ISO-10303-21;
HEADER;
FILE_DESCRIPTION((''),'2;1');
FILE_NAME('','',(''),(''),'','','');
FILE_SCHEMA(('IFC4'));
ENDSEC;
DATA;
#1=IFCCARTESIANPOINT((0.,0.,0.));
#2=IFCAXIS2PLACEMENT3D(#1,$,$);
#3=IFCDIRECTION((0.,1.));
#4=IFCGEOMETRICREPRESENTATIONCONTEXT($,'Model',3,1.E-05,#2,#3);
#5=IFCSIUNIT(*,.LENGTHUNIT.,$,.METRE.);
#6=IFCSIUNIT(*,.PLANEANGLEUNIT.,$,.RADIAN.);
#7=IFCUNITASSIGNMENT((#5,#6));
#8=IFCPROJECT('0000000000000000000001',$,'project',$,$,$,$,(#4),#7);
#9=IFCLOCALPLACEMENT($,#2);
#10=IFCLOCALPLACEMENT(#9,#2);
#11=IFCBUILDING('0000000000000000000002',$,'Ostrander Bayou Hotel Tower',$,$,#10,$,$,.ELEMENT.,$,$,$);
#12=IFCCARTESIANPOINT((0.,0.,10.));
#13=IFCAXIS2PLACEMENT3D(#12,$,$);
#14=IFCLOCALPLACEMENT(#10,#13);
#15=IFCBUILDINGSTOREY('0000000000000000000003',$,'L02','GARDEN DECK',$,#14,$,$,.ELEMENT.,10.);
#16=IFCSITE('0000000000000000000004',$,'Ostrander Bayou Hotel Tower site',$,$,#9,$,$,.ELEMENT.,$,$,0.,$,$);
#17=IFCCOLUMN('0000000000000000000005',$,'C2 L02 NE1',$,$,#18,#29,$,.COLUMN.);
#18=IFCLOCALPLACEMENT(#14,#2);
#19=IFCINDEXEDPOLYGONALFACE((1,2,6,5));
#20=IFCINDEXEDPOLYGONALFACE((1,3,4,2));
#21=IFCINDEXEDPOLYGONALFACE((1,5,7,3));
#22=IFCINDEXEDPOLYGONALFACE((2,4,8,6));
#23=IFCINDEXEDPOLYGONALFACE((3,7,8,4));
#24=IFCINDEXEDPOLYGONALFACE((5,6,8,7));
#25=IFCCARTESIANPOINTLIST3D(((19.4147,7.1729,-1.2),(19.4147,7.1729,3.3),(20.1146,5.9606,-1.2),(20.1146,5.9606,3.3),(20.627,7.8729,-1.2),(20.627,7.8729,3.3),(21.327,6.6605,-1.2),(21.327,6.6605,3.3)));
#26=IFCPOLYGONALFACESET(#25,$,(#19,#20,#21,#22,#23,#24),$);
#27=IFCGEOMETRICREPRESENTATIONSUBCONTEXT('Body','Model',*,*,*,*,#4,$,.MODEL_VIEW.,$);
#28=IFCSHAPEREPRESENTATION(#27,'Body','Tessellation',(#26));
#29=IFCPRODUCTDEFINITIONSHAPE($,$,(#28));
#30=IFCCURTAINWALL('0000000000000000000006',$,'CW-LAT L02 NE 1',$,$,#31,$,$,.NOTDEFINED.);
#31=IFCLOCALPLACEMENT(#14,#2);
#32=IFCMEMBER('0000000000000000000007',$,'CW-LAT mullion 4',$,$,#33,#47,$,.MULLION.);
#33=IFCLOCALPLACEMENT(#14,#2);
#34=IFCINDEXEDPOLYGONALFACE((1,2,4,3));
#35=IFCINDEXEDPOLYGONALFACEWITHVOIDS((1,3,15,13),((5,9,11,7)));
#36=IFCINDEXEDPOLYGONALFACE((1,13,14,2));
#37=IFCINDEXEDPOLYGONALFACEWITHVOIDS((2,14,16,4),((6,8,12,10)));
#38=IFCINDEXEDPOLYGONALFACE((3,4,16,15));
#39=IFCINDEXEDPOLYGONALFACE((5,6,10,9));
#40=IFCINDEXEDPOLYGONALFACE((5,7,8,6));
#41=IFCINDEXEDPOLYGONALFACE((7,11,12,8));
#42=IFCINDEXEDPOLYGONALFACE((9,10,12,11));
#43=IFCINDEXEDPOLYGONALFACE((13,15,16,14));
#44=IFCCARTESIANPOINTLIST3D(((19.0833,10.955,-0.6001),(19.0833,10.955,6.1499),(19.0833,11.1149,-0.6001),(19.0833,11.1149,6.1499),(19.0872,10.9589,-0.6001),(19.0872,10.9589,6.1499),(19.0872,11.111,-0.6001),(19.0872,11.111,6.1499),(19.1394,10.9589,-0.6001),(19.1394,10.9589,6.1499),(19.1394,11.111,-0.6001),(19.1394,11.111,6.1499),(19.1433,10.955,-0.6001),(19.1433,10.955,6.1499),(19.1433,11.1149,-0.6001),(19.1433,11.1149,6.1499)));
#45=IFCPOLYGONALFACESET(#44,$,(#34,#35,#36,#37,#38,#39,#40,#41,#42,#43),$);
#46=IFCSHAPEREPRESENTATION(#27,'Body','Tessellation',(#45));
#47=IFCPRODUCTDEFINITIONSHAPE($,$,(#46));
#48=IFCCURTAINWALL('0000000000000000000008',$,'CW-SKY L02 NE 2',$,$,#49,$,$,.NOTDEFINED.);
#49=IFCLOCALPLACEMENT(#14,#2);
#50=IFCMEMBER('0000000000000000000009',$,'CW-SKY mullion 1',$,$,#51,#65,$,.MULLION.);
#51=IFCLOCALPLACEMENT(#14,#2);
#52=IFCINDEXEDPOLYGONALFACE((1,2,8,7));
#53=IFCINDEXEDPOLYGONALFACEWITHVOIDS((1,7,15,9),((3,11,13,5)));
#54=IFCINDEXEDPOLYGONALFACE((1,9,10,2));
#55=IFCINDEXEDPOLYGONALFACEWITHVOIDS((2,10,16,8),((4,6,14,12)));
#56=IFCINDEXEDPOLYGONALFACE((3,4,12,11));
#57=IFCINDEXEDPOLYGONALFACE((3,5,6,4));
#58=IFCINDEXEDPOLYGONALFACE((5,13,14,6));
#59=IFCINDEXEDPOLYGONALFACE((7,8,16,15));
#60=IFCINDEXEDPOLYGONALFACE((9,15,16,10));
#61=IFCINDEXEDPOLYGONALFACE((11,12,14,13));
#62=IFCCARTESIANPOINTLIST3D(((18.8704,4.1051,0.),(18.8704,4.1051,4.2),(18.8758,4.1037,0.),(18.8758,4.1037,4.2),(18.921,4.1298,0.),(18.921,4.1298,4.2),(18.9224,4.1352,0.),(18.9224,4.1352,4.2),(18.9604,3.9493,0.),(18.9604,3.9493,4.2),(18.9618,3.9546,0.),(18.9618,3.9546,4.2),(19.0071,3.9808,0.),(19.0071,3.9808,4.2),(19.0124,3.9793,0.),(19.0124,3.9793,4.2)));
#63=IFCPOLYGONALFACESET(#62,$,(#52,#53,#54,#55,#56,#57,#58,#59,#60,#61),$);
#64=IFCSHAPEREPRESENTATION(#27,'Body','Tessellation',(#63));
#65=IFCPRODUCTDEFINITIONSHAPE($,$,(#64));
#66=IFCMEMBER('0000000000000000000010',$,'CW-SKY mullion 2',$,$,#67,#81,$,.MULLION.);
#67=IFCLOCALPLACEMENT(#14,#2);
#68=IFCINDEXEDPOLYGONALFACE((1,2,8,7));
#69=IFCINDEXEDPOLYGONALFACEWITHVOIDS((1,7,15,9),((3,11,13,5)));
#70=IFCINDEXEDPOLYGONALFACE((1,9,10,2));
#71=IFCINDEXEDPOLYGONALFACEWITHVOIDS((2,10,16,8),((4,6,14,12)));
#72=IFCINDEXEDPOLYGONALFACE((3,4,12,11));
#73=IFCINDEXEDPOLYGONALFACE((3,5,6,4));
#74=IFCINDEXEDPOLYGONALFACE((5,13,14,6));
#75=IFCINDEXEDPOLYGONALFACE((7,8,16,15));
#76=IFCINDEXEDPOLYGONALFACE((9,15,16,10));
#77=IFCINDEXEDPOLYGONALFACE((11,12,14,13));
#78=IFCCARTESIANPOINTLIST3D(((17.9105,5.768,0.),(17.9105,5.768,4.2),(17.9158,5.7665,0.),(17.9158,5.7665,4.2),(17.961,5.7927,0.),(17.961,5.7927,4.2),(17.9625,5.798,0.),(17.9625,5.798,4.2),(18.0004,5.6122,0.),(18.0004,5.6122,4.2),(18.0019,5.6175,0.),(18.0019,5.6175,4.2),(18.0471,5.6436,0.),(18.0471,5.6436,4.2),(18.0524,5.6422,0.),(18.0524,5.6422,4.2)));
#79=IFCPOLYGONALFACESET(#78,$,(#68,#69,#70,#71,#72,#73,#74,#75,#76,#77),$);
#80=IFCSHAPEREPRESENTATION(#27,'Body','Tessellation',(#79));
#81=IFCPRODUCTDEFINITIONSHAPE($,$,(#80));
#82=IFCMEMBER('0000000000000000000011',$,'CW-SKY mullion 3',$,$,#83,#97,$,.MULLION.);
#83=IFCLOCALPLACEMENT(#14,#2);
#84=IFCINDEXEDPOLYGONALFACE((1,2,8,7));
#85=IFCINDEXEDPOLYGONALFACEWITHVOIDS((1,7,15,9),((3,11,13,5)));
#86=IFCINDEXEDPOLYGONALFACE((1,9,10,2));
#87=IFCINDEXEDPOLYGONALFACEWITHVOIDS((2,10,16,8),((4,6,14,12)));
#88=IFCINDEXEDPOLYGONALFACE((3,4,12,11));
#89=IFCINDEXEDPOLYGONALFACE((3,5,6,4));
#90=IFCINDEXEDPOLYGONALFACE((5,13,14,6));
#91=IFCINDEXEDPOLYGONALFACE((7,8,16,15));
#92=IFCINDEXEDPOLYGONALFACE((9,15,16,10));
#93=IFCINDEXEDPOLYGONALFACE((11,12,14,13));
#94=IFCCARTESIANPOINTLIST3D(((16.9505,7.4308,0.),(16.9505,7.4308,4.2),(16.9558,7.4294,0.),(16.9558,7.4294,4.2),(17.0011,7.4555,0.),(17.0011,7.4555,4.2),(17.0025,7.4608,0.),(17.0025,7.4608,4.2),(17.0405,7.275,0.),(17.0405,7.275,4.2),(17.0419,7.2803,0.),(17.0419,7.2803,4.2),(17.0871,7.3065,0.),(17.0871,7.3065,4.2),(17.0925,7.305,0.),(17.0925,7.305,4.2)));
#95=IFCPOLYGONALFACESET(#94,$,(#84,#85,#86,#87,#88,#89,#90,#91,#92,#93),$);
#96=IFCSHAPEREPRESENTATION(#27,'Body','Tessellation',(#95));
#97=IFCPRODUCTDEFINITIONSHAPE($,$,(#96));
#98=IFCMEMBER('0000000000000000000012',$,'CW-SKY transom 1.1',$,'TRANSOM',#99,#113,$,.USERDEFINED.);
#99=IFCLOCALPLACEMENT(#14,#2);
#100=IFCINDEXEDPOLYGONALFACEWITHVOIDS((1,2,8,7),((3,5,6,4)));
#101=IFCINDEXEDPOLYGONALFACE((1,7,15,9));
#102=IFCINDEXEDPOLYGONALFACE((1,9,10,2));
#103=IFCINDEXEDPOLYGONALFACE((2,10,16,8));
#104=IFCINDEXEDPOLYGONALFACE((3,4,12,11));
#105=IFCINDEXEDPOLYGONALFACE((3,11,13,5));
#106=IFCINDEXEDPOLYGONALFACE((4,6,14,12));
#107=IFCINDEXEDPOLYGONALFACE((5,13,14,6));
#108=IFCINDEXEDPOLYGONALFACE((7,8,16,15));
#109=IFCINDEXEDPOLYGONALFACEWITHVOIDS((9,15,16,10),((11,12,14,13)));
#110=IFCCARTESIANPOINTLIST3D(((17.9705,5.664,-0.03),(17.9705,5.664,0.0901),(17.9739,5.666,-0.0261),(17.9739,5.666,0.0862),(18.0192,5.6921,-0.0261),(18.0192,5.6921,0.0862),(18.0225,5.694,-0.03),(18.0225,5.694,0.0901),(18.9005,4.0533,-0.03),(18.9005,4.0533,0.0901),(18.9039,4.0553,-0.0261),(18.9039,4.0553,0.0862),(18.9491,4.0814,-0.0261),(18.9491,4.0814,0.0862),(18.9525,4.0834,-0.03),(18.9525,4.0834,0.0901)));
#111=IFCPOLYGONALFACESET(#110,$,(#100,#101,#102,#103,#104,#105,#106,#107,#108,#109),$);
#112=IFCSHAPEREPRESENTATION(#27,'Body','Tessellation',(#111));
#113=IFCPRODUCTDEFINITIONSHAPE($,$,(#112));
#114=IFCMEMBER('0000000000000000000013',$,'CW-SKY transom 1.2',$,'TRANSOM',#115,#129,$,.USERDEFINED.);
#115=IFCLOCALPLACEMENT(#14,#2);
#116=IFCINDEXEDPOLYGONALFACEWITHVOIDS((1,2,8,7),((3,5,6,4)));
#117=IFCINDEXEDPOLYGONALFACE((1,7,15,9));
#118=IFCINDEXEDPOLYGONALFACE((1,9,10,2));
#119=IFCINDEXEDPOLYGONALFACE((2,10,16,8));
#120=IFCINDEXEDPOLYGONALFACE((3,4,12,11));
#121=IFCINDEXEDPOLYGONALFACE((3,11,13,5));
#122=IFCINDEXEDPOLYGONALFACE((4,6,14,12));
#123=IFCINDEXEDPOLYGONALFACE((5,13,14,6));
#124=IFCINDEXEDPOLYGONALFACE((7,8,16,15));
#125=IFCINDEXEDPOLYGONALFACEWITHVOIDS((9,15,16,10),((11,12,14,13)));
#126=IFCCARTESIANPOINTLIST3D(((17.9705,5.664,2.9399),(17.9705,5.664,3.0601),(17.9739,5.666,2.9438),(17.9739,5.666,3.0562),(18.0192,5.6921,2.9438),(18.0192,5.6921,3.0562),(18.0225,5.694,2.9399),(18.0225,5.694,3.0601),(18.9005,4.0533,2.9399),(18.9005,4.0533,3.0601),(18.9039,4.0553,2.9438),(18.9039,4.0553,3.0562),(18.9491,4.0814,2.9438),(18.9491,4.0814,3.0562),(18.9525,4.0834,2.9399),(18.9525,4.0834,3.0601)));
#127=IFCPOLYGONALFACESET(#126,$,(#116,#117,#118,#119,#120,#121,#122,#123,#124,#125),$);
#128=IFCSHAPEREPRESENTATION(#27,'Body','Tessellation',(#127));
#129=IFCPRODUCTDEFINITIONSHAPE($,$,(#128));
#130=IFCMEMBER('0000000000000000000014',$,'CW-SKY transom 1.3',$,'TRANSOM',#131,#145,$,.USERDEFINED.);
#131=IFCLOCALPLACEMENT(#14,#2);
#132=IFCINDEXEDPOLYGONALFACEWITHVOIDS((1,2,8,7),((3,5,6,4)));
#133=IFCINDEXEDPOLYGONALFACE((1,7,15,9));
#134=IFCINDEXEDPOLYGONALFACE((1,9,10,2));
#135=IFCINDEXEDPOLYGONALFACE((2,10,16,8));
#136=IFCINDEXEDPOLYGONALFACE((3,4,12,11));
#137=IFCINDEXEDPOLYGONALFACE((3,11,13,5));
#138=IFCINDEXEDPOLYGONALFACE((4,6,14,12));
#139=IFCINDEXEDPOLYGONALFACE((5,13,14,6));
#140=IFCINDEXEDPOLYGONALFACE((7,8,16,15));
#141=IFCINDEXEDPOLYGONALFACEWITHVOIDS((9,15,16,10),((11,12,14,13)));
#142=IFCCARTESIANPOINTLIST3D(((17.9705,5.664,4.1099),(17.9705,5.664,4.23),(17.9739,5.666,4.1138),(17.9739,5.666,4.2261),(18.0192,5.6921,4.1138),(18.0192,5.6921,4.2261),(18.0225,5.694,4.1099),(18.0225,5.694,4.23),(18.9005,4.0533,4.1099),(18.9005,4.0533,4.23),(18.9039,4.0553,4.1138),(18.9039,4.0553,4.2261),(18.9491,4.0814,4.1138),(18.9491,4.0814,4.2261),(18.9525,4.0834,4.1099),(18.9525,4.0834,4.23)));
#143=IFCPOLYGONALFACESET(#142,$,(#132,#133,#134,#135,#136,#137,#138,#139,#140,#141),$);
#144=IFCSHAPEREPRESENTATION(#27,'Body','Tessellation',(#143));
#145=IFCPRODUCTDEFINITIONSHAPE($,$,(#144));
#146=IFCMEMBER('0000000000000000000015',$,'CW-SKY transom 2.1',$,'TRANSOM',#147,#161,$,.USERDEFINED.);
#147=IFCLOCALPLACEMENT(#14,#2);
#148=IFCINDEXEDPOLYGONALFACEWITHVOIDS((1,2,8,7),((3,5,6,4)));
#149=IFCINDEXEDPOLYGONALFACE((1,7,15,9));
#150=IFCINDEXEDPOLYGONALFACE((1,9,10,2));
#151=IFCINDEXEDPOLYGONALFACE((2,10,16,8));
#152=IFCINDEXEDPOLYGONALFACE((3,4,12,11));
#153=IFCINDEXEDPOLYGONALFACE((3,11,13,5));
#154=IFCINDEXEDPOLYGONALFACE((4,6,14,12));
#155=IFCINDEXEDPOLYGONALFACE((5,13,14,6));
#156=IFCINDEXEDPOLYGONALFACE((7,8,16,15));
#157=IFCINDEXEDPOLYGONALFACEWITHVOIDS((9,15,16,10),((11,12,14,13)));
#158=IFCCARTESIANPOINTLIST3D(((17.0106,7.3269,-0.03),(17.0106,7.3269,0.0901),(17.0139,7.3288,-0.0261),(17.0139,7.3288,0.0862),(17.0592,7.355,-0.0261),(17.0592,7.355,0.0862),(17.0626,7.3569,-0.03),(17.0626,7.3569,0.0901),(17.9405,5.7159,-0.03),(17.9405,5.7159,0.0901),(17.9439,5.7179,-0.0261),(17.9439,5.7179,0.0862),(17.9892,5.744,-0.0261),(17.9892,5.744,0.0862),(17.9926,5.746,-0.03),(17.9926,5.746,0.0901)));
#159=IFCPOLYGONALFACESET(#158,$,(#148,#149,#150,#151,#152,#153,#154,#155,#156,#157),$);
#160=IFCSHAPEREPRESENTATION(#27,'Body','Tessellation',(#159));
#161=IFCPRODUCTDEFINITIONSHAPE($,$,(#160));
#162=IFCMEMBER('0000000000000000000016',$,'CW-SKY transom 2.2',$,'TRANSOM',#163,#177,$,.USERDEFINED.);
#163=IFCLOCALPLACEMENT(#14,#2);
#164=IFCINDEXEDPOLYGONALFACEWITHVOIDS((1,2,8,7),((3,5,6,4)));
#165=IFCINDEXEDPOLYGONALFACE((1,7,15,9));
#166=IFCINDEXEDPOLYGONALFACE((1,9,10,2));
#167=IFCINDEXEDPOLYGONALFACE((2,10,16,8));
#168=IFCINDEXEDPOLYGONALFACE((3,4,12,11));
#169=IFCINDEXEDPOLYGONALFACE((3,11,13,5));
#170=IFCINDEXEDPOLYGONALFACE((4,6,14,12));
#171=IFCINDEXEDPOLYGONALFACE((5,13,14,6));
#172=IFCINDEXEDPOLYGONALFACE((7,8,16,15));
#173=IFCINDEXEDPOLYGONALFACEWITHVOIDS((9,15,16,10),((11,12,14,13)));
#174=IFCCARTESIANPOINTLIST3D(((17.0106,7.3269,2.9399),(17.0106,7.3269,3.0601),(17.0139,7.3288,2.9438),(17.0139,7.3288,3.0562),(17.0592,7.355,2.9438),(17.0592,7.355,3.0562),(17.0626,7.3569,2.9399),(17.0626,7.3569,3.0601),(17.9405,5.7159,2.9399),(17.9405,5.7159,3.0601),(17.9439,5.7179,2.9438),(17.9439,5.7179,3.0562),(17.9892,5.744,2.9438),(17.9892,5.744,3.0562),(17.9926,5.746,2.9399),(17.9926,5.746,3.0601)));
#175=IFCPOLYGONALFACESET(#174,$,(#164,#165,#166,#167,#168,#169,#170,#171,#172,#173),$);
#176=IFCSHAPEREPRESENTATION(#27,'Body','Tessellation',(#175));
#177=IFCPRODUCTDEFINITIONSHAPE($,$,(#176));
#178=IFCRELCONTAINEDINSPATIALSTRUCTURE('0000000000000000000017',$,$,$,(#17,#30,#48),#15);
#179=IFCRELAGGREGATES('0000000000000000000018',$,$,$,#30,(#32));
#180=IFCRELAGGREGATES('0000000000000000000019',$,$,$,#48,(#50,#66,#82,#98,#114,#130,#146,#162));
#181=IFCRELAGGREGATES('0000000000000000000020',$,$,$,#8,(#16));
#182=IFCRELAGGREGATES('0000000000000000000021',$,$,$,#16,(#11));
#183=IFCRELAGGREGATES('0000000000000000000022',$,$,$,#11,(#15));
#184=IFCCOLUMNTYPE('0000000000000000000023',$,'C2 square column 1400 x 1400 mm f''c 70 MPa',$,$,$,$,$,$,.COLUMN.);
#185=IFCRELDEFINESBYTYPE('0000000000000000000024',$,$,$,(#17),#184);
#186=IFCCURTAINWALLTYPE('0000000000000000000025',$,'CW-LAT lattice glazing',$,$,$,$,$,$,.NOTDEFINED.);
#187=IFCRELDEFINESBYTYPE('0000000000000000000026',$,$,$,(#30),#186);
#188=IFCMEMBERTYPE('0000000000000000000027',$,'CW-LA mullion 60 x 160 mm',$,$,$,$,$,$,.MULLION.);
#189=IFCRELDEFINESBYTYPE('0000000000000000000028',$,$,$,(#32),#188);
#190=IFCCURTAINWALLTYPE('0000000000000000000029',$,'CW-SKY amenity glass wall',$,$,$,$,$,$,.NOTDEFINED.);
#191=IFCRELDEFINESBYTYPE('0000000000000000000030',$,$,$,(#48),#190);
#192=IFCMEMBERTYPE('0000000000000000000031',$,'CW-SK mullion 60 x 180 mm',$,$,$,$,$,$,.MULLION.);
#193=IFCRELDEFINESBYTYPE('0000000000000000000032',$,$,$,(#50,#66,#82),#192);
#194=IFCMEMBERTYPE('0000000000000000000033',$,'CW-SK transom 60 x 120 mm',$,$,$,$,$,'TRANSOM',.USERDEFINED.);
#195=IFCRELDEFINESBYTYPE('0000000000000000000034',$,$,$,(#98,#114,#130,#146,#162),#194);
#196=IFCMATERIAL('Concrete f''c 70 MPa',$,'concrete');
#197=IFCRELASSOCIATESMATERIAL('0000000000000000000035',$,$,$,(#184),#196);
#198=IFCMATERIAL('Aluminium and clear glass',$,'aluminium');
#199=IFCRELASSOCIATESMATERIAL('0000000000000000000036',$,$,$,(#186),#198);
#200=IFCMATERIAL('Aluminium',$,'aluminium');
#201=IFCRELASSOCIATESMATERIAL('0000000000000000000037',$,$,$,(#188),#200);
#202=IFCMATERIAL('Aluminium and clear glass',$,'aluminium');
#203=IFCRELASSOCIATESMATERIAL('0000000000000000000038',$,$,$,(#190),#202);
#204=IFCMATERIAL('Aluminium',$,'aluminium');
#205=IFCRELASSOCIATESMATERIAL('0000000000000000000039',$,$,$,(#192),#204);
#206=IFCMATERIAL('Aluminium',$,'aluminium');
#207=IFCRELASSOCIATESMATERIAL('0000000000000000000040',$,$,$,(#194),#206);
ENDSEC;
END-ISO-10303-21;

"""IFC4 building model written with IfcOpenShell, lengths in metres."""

from ifc_helpers import new_model, si_unit, direction, frame, origin, origin_2d, place, context, subcontext, project, spatial, rectangle, hollow_rectangle, extrude, material, material_profile, profile_set, type_object, element, aggregate, save


model = new_model("IFC4")

# Units and contexts
model_context = context("Model", 3, precision=1e-05, world=origin(), true_north=direction((0.0, 1.0)))
body_context = subcontext(model_context, "Body", "Model", "MODEL_VIEW")
ifc_project = project(units=[si_unit("LENGTHUNIT", "METRE"), si_unit("PLANEANGLEUNIT", "RADIAN")], contexts=[model_context])

# Site, building, storey
site_placement = place(None, origin())
site = spatial("IfcSite", under=ifc_project, at=site_placement, Name="Ostrander Bayou Hotel Tower site", CompositionType="ELEMENT", RefElevation=0.0)
building_placement = place(site_placement, origin())
building = spatial("IfcBuilding", under=site, at=building_placement, Name="Ostrander Bayou Hotel Tower", CompositionType="ELEMENT")
storey_placement = place(building_placement, frame((0.0, 0.0, 10.0)))
storey = spatial("IfcBuildingStorey", under=building, at=storey_placement, Name="L02", Description="GARDEN DECK", CompositionType="ELEMENT", Elevation=10.0)

# Column
ifc_material_1 = material(Name="Concrete f'c 70 MPa", Category="concrete")
ifc_material_profile_1 = material_profile(ifc_material_1, rectangle(XDim=1.3999, YDim=1.3999, at=origin_2d()))
ifc_profile_set_1 = profile_set([ifc_material_profile_1], Name="Concrete f'c 70 MPa")
column_type = type_object("IfcColumnType", Name="C2 square column 1400 x 1400 mm f'c 70 MPa", PredefinedType="COLUMN", material=ifc_profile_set_1)
column_placement = place(storey_placement, frame((20.3708, 6.9167, -1.2), z_axis=(0.0, 0.0, 1.0), x_axis=(0.5, -0.866025, 0.0)))
element("IfcColumn", 1, at=column_placement, inside=storey, type_object=column_type, Name="C2 L02 NE1", PredefinedType="COLUMN", context=body_context, shape_type="SweptSolid", body=[
    extrude(rectangle(XDim=1.3999, YDim=1.3999, at=origin_2d()), origin(), (0.0, 0.0, 1.0), 4.5),
])

# Curtain wall, member
ifc_material_2 = material(Name="Aluminium and clear glass", Category="aluminium")
curtain_wall_type_1 = type_object("IfcCurtainWallType", Name="CW-LAT lattice glazing", PredefinedType="NOTDEFINED", material=ifc_material_2)
curtain_wall_1_placement = place(storey_placement, origin())
curtain_wall_1 = element("IfcCurtainWall", 2, at=curtain_wall_1_placement, inside=storey, type_object=curtain_wall_type_1, Name="CW-LAT L02 NE 1", PredefinedType="NOTDEFINED")
ifc_material_3 = material(Name="Aluminium", Category="aluminium")
ifc_material_profile_2 = material_profile(ifc_material_3, hollow_rectangle(XDim=0.0601, YDim=0.1599, WallThickness=0.0039, at=origin_2d()))
ifc_profile_set_2 = profile_set([ifc_material_profile_2], Name="Aluminium")
member_type_1 = type_object("IfcMemberType", Name="CW-LA mullion 60 x 160 mm", PredefinedType="MULLION", material=ifc_profile_set_2)
member_1_placement = place(storey_placement, frame((19.1133, 11.0349, -0.6001), z_axis=(0.0, 0.0, 1.0), x_axis=(1.0, 0.0, 0.0)))
member_1 = element("IfcMember", 3, at=member_1_placement, type_object=member_type_1, Name="CW-LAT mullion 4", PredefinedType="MULLION", context=body_context, shape_type="SweptSolid", body=[
    extrude(hollow_rectangle(XDim=0.0601, YDim=0.1599, WallThickness=0.0039, at=origin_2d()), origin(), (0.0, 0.0, 1.0), 6.75),
])

# Curtain wall, members
ifc_material_4 = material(Name="Aluminium and clear glass", Category="aluminium")
curtain_wall_type_2 = type_object("IfcCurtainWallType", Name="CW-SKY amenity glass wall", PredefinedType="NOTDEFINED", material=ifc_material_4)
curtain_wall_2_placement = place(storey_placement, origin())
curtain_wall_2 = element("IfcCurtainWall", 4, at=curtain_wall_2_placement, inside=storey, type_object=curtain_wall_type_2, Name="CW-SKY L02 NE 2", PredefinedType="NOTDEFINED")
ifc_material_5 = material(Name="Aluminium", Category="aluminium")
ifc_material_profile_3 = material_profile(ifc_material_5, hollow_rectangle(XDim=0.0601, YDim=0.1799, WallThickness=0.0039, at=origin_2d()))
ifc_profile_set_3 = profile_set([ifc_material_profile_3], Name="Aluminium")
member_type_2 = type_object("IfcMemberType", Name="CW-SK mullion 60 x 180 mm", PredefinedType="MULLION", material=ifc_profile_set_3)
member_2_placement = place(storey_placement, frame((18.9414, 4.0422, 0.0), z_axis=(0.0, 0.0, 1.0), x_axis=(-0.866025, -0.5, 0.0)))
member_2 = element("IfcMember", 5, at=member_2_placement, type_object=member_type_2, Name="CW-SKY mullion 1", PredefinedType="MULLION", context=body_context, shape_type="SweptSolid", body=[
    extrude(hollow_rectangle(XDim=0.0601, YDim=0.1799, WallThickness=0.0039, at=origin_2d()), origin(), (0.0, 0.0, 1.0), 4.2),
])
member_3_placement = place(storey_placement, frame((17.9814, 5.7051, 0.0), z_axis=(0.0, 0.0, 1.0), x_axis=(-0.866025, -0.5, 0.0)))
member_3 = element("IfcMember", 6, at=member_3_placement, type_object=member_type_2, Name="CW-SKY mullion 2", PredefinedType="MULLION", context=body_context, shape_type="SweptSolid", body=[
    extrude(hollow_rectangle(XDim=0.0601, YDim=0.1799, WallThickness=0.0039, at=origin_2d()), origin(), (0.0, 0.0, 1.0), 4.2),
])
member_4_placement = place(storey_placement, frame((17.0215, 7.3679, 0.0), z_axis=(0.0, 0.0, 1.0), x_axis=(-0.866025, -0.5, 0.0)))
member_4 = element("IfcMember", 7, at=member_4_placement, type_object=member_type_2, Name="CW-SKY mullion 3", PredefinedType="MULLION", context=body_context, shape_type="SweptSolid", body=[
    extrude(hollow_rectangle(XDim=0.0601, YDim=0.1799, WallThickness=0.0039, at=origin_2d()), origin(), (0.0, 0.0, 1.0), 4.2),
])
ifc_material_6 = material(Name="Aluminium", Category="aluminium")
ifc_material_profile_4 = material_profile(ifc_material_6, hollow_rectangle(XDim=0.0601, YDim=0.1201, WallThickness=0.0039, at=origin_2d()))
ifc_profile_set_4 = profile_set([ifc_material_profile_4], Name="Aluminium")
member_type_3 = type_object("IfcMemberType", Name="CW-SK transom 60 x 120 mm", ElementType="TRANSOM", PredefinedType="USERDEFINED", material=ifc_profile_set_4)
member_5_placement = place(storey_placement, frame((18.9265, 4.0684, 0.03), z_axis=(-0.500022, 0.866013, 0.0), x_axis=(-0.866013, -0.500022, 0.0)))
member_5 = element("IfcMember", 8, at=member_5_placement, type_object=member_type_3, Name="CW-SKY transom 1.1", ObjectType="TRANSOM", PredefinedType="USERDEFINED", context=body_context, shape_type="SweptSolid", body=[
    extrude(hollow_rectangle(XDim=0.0601, YDim=0.1201, WallThickness=0.0039, at=origin_2d()), origin(), (0.0, 0.0, 1.0), 1.8599),
])
member_6_placement = place(storey_placement, frame((18.9265, 4.0684, 3.0), z_axis=(-0.500022, 0.866013, 0.0), x_axis=(-0.866013, -0.500022, 0.0)))
member_6 = element("IfcMember", 9, at=member_6_placement, type_object=member_type_3, Name="CW-SKY transom 1.2", ObjectType="TRANSOM", PredefinedType="USERDEFINED", context=body_context, shape_type="SweptSolid", body=[
    extrude(hollow_rectangle(XDim=0.0601, YDim=0.1201, WallThickness=0.0039, at=origin_2d()), origin(), (0.0, 0.0, 1.0), 1.8599),
])
member_7_placement = place(storey_placement, frame((18.9265, 4.0684, 4.1699), z_axis=(-0.500022, 0.866013, 0.0), x_axis=(-0.866013, -0.500022, 0.0)))
member_7 = element("IfcMember", 10, at=member_7_placement, type_object=member_type_3, Name="CW-SKY transom 1.3", ObjectType="TRANSOM", PredefinedType="USERDEFINED", context=body_context, shape_type="SweptSolid", body=[
    extrude(hollow_rectangle(XDim=0.0601, YDim=0.1201, WallThickness=0.0039, at=origin_2d()), origin(), (0.0, 0.0, 1.0), 1.8599),
])
member_8_placement = place(storey_placement, frame((17.9666, 5.731, 0.03), z_axis=(-0.499965, 0.866046, 0.0), x_axis=(-0.866046, -0.499965, 0.0)))
member_8 = element("IfcMember", 11, at=member_8_placement, type_object=member_type_3, Name="CW-SKY transom 2.1", ObjectType="TRANSOM", PredefinedType="USERDEFINED", context=body_context, shape_type="SweptSolid", body=[
    extrude(hollow_rectangle(XDim=0.0601, YDim=0.1201, WallThickness=0.0039, at=origin_2d()), origin(), (0.0, 0.0, 1.0), 1.8601),
])
member_9_placement = place(storey_placement, frame((17.9666, 5.731, 3.0), z_axis=(-0.499965, 0.866046, 0.0), x_axis=(-0.866046, -0.499965, 0.0)))
member_9 = element("IfcMember", 12, at=member_9_placement, type_object=member_type_3, Name="CW-SKY transom 2.2", ObjectType="TRANSOM", PredefinedType="USERDEFINED", context=body_context, shape_type="SweptSolid", body=[
    extrude(hollow_rectangle(XDim=0.0601, YDim=0.1201, WallThickness=0.0039, at=origin_2d()), origin(), (0.0, 0.0, 1.0), 1.8601),
])

aggregate(curtain_wall_1, [member_1])

aggregate(curtain_wall_2, [member_2, member_3, member_4, member_5, member_6, member_7, member_8, member_9])

save(model, "model.ifc")
